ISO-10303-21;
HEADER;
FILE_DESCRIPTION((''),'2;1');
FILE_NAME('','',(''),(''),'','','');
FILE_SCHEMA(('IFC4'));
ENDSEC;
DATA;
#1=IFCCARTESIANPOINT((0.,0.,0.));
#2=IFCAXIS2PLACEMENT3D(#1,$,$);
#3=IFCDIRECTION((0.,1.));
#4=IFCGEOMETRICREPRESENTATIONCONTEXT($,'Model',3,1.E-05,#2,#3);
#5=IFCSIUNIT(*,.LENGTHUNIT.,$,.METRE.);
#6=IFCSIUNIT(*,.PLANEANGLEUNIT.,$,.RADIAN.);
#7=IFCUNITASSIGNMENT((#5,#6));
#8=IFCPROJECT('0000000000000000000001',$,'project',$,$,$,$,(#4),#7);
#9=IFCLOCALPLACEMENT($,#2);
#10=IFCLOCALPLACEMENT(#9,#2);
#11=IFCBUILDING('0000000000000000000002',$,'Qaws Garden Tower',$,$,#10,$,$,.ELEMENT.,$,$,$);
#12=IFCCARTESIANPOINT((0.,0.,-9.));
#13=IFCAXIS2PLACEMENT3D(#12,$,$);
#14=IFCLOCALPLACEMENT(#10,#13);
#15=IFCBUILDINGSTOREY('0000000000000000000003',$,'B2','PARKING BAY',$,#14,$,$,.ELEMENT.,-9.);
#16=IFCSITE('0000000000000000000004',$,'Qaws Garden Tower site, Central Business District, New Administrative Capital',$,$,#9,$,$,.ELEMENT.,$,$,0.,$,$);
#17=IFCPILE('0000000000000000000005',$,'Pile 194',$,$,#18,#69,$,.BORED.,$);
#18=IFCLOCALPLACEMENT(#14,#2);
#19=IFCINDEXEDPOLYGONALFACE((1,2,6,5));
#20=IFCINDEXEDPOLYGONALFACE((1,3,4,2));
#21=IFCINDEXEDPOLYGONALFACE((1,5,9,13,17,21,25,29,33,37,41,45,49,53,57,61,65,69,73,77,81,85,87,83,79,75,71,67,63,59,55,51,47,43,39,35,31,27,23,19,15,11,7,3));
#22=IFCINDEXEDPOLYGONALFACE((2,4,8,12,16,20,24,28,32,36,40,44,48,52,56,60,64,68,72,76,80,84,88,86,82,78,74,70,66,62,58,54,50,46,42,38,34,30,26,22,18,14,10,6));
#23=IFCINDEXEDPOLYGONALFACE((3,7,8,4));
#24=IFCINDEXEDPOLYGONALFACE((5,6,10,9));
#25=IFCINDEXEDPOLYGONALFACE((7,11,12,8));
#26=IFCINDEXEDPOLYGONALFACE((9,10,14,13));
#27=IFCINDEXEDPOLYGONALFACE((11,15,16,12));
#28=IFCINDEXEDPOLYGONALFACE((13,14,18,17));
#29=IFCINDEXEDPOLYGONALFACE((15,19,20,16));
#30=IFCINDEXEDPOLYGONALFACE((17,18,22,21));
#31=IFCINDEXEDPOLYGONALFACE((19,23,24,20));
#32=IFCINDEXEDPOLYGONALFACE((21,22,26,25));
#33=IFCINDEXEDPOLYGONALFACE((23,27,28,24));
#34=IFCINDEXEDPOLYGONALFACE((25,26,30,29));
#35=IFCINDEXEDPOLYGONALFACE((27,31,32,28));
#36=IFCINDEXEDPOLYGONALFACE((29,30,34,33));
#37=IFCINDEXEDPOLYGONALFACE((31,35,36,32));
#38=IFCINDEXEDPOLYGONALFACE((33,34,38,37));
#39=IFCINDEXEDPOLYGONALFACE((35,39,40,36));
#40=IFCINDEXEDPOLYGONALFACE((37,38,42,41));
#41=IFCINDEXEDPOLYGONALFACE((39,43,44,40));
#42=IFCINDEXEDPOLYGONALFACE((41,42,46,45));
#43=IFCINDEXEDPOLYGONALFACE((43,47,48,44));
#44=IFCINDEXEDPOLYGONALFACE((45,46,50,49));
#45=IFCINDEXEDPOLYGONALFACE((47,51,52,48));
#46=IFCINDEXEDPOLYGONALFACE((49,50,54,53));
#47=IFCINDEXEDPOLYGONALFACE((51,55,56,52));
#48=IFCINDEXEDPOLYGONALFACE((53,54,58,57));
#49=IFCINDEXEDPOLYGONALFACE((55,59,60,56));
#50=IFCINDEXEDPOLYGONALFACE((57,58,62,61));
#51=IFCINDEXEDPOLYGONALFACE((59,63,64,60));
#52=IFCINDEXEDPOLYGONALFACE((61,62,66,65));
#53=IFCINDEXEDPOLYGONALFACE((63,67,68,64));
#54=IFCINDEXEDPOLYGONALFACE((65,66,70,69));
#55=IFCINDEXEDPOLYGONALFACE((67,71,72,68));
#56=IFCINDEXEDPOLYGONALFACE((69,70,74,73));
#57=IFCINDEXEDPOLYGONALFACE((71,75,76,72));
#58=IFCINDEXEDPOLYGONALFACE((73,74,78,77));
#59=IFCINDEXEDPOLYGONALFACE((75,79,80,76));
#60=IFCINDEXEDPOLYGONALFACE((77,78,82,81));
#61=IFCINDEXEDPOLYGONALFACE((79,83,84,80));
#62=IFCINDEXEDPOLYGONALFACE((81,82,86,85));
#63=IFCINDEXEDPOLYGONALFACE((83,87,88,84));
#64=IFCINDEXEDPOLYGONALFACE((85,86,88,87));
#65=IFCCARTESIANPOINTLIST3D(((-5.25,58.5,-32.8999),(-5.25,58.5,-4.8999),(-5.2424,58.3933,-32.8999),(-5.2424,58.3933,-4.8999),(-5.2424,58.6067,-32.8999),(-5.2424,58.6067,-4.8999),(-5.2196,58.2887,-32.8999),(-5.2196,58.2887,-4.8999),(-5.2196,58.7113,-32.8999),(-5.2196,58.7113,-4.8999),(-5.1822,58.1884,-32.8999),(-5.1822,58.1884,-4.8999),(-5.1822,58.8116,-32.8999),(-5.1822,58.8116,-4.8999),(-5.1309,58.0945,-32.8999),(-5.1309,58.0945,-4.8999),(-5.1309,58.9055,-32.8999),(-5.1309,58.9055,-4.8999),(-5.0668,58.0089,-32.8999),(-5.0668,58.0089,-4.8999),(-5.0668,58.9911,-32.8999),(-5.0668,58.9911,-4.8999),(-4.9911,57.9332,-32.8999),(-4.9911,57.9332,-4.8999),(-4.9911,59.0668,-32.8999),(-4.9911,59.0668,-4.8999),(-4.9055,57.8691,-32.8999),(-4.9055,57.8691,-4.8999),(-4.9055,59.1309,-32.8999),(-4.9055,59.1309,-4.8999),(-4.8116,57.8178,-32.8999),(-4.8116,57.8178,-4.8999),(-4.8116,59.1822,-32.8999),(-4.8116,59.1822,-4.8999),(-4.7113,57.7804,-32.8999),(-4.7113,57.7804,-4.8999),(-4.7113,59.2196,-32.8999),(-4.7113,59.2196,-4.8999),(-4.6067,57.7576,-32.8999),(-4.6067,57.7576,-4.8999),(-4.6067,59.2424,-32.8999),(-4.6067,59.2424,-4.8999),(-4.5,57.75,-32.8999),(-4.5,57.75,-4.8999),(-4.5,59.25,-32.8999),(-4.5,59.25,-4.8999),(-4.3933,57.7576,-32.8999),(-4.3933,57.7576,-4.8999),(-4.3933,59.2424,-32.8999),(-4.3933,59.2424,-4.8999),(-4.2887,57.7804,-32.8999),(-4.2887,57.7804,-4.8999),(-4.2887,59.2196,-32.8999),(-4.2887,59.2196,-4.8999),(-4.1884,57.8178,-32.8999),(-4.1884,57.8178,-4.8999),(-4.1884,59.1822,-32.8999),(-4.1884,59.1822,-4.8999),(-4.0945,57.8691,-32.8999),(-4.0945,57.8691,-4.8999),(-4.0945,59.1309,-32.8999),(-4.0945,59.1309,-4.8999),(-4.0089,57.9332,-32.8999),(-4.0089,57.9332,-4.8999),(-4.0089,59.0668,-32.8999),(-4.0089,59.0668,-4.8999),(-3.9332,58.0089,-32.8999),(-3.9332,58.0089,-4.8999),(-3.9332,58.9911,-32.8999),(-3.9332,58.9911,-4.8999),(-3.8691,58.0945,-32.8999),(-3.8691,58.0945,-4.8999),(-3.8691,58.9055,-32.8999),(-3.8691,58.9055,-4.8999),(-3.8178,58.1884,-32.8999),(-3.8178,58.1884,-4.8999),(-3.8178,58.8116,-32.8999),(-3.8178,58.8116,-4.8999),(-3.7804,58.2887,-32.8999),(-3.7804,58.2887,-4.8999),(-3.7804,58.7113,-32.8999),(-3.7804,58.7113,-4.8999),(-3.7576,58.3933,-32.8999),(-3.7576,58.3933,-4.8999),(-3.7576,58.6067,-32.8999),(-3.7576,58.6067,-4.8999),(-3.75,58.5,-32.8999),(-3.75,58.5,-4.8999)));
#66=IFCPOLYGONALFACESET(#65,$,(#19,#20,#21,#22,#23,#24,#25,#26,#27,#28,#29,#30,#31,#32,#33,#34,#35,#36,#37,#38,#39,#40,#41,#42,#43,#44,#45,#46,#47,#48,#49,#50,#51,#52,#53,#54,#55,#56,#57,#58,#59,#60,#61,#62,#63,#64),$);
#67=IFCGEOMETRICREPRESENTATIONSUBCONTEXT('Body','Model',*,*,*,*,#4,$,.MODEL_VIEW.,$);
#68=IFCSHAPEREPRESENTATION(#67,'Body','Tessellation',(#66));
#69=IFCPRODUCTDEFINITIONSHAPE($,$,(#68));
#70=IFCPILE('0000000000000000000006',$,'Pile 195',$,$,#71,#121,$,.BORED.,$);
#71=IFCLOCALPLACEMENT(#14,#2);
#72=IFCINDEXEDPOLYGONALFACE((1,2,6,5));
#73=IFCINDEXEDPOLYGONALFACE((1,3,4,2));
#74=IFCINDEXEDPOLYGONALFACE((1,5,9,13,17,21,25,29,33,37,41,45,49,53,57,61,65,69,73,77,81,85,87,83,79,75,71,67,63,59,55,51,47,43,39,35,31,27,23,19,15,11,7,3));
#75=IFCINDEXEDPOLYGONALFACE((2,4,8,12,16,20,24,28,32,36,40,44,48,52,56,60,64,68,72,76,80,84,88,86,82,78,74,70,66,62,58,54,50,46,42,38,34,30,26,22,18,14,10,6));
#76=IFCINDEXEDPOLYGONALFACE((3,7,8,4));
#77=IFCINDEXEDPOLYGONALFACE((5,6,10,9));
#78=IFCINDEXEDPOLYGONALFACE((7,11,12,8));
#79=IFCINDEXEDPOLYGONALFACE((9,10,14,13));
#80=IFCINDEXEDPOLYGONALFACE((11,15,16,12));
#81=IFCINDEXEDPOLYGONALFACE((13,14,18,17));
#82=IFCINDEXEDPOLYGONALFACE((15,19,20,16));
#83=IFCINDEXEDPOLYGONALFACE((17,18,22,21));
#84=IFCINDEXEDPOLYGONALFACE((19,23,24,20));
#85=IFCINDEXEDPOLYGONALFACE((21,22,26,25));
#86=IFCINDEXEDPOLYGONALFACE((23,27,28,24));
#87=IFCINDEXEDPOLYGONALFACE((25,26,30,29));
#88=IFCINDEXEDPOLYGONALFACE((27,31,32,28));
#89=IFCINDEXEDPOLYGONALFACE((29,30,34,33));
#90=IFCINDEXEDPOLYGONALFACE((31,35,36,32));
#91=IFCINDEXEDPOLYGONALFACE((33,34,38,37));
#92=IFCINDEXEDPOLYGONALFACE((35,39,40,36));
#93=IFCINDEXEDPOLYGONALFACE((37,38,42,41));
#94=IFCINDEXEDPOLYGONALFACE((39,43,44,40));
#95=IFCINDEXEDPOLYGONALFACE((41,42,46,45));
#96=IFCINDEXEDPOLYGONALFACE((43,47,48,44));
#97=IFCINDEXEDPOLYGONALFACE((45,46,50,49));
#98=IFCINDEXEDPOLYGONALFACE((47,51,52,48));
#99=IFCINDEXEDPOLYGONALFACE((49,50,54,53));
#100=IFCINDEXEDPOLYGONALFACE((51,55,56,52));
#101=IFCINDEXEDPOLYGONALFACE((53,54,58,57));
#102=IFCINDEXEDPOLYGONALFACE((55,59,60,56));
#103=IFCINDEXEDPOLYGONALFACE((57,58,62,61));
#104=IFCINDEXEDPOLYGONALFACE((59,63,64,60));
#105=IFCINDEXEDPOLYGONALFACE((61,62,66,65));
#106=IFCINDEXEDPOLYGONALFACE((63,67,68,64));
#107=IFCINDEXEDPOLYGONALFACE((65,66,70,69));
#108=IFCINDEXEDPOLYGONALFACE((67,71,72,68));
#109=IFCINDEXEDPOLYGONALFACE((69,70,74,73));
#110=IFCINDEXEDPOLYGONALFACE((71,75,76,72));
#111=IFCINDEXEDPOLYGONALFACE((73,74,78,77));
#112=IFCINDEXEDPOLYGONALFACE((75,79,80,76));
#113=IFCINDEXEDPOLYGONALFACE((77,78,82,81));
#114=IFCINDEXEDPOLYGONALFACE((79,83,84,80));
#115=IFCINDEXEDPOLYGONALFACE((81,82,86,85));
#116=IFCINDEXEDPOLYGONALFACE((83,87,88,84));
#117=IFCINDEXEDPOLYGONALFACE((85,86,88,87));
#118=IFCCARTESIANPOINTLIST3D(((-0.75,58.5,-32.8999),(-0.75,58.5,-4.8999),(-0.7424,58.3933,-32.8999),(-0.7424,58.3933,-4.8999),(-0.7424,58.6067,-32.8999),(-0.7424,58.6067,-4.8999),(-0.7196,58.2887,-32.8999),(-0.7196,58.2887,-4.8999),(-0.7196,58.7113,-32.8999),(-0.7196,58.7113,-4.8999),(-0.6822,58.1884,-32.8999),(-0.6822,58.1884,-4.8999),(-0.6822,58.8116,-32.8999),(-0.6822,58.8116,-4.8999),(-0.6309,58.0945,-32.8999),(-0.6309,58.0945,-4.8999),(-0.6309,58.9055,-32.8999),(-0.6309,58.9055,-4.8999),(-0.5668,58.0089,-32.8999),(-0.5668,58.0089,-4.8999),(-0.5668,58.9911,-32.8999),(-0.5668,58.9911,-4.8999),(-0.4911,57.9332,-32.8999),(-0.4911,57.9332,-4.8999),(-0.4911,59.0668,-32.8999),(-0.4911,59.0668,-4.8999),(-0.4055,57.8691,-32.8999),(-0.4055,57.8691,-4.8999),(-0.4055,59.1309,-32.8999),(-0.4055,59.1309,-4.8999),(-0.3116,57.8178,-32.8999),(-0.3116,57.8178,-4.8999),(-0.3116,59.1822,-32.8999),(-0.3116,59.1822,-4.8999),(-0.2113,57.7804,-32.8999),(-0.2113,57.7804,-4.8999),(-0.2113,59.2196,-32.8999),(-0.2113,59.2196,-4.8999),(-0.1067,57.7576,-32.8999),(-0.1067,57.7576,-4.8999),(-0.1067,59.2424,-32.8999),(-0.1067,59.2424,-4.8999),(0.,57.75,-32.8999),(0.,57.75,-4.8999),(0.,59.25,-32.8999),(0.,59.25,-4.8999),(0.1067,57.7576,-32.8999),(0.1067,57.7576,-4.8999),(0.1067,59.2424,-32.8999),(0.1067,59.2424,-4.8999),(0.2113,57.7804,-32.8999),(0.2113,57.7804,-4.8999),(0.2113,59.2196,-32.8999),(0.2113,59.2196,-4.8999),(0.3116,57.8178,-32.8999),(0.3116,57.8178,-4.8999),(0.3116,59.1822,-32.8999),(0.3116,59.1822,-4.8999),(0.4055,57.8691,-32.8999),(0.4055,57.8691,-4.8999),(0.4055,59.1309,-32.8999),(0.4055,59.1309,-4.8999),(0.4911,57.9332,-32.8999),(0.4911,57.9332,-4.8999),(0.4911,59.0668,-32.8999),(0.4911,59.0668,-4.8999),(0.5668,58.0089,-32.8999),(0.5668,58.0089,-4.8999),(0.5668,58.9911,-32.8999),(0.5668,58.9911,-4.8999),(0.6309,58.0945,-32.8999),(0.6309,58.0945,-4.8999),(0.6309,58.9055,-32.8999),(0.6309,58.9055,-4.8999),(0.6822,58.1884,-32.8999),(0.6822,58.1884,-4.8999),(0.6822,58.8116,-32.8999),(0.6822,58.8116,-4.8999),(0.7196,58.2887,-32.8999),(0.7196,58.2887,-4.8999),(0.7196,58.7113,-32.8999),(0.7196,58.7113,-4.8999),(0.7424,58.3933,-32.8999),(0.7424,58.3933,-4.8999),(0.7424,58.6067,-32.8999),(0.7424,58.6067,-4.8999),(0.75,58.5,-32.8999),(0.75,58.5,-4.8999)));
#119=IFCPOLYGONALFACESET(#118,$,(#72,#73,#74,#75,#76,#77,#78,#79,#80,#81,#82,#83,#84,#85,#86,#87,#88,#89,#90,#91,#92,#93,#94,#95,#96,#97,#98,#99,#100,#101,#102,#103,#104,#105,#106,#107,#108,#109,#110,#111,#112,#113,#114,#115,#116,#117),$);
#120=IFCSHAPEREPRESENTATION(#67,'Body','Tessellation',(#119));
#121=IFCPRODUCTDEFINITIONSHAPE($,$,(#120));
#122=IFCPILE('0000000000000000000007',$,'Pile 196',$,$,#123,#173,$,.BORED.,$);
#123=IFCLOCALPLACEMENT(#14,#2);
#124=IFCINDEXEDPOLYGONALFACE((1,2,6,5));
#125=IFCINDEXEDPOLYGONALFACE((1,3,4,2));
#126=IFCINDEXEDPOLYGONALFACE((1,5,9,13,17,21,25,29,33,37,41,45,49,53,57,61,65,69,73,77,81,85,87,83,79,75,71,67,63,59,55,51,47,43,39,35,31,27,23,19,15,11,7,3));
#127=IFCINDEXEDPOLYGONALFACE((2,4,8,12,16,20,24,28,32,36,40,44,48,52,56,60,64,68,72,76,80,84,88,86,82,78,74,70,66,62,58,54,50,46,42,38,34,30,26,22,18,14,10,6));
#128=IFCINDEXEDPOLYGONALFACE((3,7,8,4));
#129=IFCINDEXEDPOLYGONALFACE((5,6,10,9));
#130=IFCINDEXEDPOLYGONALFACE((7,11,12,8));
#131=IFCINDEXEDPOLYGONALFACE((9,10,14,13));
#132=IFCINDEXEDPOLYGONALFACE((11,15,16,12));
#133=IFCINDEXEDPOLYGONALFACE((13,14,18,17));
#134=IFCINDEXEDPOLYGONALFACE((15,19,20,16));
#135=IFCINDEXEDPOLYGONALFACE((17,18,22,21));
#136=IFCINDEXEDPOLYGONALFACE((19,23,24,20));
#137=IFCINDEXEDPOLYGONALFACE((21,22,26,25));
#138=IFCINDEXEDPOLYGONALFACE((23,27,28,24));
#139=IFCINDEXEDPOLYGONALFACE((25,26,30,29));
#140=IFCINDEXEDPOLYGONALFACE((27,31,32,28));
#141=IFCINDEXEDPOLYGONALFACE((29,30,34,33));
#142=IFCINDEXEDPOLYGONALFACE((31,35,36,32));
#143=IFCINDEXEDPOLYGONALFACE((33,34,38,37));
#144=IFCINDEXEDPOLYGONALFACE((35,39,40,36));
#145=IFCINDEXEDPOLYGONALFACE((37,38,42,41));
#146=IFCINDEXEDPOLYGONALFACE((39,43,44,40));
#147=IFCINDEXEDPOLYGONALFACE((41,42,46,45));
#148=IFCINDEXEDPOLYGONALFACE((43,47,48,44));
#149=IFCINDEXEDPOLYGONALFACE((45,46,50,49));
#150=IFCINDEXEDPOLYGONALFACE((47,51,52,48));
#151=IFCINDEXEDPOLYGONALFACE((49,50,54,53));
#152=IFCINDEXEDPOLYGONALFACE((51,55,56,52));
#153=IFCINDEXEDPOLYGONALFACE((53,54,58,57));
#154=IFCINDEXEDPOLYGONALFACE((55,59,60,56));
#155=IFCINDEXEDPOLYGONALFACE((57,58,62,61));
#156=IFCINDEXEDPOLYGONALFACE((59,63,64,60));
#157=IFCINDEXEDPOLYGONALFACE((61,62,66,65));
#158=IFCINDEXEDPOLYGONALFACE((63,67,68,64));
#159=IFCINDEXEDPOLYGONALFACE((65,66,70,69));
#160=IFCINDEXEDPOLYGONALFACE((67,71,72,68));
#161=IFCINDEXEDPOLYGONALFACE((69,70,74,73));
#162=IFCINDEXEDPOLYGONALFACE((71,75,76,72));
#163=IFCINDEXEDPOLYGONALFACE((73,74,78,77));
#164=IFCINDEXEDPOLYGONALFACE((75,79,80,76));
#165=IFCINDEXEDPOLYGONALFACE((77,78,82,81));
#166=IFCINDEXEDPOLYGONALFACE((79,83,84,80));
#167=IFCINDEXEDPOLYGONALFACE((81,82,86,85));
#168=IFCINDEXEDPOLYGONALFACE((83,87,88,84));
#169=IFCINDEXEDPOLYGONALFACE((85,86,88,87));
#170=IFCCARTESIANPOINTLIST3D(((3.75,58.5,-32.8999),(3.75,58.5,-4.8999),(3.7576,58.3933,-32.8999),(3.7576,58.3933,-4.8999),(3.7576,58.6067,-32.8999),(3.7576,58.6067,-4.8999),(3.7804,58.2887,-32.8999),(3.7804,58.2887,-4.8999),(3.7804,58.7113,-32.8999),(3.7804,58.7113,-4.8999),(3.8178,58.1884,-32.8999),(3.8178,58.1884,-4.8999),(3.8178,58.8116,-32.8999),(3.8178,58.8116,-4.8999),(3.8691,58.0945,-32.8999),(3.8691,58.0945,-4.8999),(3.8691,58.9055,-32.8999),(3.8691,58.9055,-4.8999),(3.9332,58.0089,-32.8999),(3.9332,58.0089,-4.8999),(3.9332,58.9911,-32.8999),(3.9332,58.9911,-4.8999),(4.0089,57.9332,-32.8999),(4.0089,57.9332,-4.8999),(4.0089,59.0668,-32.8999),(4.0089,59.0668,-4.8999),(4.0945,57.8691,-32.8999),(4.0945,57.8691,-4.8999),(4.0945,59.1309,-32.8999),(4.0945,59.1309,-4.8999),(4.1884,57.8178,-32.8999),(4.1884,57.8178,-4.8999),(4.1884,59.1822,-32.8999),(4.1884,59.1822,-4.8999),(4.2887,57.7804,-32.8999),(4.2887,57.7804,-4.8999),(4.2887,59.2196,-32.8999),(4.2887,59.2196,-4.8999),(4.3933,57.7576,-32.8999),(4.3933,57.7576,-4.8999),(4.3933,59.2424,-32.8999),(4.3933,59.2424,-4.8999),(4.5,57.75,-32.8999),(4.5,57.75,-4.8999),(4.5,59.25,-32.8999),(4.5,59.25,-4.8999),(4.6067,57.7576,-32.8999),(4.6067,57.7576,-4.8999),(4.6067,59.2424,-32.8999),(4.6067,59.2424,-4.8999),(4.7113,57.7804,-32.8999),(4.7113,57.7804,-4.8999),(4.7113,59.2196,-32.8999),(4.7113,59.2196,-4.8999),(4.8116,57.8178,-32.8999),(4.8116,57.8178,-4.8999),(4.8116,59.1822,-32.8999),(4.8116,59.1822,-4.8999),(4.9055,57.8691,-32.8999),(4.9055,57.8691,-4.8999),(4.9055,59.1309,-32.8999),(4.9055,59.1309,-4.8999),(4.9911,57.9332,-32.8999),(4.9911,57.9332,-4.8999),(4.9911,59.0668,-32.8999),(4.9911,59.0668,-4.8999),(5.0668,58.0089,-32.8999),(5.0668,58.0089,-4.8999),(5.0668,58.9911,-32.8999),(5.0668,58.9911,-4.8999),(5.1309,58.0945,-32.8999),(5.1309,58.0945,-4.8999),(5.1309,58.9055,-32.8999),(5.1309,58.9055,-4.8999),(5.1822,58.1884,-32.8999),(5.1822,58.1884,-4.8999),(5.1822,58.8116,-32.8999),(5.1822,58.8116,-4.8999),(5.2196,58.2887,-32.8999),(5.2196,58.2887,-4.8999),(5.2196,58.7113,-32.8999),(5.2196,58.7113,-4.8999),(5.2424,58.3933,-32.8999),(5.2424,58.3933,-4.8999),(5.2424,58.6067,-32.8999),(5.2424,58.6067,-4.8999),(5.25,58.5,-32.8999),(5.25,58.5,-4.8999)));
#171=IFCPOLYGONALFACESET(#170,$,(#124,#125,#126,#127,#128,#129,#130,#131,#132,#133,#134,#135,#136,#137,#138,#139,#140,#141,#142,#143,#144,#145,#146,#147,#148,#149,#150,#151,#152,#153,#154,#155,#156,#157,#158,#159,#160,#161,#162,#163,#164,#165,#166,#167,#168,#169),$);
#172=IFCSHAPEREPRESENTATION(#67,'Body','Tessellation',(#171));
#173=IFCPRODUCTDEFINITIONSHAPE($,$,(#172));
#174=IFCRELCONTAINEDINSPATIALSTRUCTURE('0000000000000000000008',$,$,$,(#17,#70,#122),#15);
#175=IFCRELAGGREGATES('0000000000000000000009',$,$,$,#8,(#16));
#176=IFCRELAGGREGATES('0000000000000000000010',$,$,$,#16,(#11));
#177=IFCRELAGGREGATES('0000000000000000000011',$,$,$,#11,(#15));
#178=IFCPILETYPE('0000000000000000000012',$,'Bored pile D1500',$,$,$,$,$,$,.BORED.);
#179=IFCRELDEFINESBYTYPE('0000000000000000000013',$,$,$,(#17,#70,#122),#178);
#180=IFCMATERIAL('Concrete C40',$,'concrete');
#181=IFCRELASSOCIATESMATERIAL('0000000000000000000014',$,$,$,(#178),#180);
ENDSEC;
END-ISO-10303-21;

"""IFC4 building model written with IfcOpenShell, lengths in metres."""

from ifc_helpers import new_model, si_unit, direction, frame, origin, origin_2d, place, context, subcontext, project, spatial, circle, extrude, material, material_profile, profile_set, type_object, element, save


model = new_model("IFC4")

# Units and contexts
model_context = context("Model", 3, precision=1e-05, world=origin(), true_north=direction((0.0, 1.0)))
body_context = subcontext(model_context, "Body", "Model", "MODEL_VIEW")
ifc_project = project(units=[si_unit("LENGTHUNIT", "METRE"), si_unit("PLANEANGLEUNIT", "RADIAN")], contexts=[model_context])

# Site, building, storey
site_placement = place(None, origin())
site = spatial("IfcSite", under=ifc_project, at=site_placement, Name="Qaws Garden Tower site, Central Business District, New Administrative Capital", CompositionType="ELEMENT", RefElevation=0.0)
building_placement = place(site_placement, origin())
building = spatial("IfcBuilding", under=site, at=building_placement, Name="Qaws Garden Tower", CompositionType="ELEMENT")
storey_placement = place(building_placement, frame((0.0, 0.0, -9.0)))
storey = spatial("IfcBuildingStorey", under=building, at=storey_placement, Name="B2", Description="PARKING BAY", CompositionType="ELEMENT", Elevation=-9.0)

# Piles
ifc_material_1 = material(Name="Concrete C40", Category="concrete")
ifc_material_profile_1 = material_profile(ifc_material_1, circle(Radius=0.75, at=origin_2d()), Name="Bored pile D1500")
ifc_profile_set_1 = profile_set([ifc_material_profile_1], Name="Concrete C40")
pile_type = type_object("IfcPileType", Name="Bored pile D1500", PredefinedType="BORED", material=ifc_profile_set_1)
for number, where, z_axis, x_axis, name in (
    (1, (-4.5, 58.5, -4.8999), (0.0, 0.0, -1.0), (1.0, 0.0, 0.0), "Pile 194"),
    (2, (0.0, 58.5, -4.8999), (0.0, 0.0, -1.0), (1.0, 0.0, 0.0), "Pile 195"),
    (3, (4.5, 58.5, -4.8999), (0.0, 0.0, -1.0), (1.0, 0.0, 0.0), "Pile 196"),
):
    element("IfcPile", number, at=place(storey_placement, frame(where, z_axis=z_axis, x_axis=x_axis)), inside=storey, type_object=pile_type, Name=name, PredefinedType="BORED", context=body_context, shape_type="SweptSolid", body=[
        extrude(circle(Radius=0.75, at=origin_2d()), origin(), (0.0, 0.0, 1.0), 28.0),
    ])

save(model, "model.ifc")
